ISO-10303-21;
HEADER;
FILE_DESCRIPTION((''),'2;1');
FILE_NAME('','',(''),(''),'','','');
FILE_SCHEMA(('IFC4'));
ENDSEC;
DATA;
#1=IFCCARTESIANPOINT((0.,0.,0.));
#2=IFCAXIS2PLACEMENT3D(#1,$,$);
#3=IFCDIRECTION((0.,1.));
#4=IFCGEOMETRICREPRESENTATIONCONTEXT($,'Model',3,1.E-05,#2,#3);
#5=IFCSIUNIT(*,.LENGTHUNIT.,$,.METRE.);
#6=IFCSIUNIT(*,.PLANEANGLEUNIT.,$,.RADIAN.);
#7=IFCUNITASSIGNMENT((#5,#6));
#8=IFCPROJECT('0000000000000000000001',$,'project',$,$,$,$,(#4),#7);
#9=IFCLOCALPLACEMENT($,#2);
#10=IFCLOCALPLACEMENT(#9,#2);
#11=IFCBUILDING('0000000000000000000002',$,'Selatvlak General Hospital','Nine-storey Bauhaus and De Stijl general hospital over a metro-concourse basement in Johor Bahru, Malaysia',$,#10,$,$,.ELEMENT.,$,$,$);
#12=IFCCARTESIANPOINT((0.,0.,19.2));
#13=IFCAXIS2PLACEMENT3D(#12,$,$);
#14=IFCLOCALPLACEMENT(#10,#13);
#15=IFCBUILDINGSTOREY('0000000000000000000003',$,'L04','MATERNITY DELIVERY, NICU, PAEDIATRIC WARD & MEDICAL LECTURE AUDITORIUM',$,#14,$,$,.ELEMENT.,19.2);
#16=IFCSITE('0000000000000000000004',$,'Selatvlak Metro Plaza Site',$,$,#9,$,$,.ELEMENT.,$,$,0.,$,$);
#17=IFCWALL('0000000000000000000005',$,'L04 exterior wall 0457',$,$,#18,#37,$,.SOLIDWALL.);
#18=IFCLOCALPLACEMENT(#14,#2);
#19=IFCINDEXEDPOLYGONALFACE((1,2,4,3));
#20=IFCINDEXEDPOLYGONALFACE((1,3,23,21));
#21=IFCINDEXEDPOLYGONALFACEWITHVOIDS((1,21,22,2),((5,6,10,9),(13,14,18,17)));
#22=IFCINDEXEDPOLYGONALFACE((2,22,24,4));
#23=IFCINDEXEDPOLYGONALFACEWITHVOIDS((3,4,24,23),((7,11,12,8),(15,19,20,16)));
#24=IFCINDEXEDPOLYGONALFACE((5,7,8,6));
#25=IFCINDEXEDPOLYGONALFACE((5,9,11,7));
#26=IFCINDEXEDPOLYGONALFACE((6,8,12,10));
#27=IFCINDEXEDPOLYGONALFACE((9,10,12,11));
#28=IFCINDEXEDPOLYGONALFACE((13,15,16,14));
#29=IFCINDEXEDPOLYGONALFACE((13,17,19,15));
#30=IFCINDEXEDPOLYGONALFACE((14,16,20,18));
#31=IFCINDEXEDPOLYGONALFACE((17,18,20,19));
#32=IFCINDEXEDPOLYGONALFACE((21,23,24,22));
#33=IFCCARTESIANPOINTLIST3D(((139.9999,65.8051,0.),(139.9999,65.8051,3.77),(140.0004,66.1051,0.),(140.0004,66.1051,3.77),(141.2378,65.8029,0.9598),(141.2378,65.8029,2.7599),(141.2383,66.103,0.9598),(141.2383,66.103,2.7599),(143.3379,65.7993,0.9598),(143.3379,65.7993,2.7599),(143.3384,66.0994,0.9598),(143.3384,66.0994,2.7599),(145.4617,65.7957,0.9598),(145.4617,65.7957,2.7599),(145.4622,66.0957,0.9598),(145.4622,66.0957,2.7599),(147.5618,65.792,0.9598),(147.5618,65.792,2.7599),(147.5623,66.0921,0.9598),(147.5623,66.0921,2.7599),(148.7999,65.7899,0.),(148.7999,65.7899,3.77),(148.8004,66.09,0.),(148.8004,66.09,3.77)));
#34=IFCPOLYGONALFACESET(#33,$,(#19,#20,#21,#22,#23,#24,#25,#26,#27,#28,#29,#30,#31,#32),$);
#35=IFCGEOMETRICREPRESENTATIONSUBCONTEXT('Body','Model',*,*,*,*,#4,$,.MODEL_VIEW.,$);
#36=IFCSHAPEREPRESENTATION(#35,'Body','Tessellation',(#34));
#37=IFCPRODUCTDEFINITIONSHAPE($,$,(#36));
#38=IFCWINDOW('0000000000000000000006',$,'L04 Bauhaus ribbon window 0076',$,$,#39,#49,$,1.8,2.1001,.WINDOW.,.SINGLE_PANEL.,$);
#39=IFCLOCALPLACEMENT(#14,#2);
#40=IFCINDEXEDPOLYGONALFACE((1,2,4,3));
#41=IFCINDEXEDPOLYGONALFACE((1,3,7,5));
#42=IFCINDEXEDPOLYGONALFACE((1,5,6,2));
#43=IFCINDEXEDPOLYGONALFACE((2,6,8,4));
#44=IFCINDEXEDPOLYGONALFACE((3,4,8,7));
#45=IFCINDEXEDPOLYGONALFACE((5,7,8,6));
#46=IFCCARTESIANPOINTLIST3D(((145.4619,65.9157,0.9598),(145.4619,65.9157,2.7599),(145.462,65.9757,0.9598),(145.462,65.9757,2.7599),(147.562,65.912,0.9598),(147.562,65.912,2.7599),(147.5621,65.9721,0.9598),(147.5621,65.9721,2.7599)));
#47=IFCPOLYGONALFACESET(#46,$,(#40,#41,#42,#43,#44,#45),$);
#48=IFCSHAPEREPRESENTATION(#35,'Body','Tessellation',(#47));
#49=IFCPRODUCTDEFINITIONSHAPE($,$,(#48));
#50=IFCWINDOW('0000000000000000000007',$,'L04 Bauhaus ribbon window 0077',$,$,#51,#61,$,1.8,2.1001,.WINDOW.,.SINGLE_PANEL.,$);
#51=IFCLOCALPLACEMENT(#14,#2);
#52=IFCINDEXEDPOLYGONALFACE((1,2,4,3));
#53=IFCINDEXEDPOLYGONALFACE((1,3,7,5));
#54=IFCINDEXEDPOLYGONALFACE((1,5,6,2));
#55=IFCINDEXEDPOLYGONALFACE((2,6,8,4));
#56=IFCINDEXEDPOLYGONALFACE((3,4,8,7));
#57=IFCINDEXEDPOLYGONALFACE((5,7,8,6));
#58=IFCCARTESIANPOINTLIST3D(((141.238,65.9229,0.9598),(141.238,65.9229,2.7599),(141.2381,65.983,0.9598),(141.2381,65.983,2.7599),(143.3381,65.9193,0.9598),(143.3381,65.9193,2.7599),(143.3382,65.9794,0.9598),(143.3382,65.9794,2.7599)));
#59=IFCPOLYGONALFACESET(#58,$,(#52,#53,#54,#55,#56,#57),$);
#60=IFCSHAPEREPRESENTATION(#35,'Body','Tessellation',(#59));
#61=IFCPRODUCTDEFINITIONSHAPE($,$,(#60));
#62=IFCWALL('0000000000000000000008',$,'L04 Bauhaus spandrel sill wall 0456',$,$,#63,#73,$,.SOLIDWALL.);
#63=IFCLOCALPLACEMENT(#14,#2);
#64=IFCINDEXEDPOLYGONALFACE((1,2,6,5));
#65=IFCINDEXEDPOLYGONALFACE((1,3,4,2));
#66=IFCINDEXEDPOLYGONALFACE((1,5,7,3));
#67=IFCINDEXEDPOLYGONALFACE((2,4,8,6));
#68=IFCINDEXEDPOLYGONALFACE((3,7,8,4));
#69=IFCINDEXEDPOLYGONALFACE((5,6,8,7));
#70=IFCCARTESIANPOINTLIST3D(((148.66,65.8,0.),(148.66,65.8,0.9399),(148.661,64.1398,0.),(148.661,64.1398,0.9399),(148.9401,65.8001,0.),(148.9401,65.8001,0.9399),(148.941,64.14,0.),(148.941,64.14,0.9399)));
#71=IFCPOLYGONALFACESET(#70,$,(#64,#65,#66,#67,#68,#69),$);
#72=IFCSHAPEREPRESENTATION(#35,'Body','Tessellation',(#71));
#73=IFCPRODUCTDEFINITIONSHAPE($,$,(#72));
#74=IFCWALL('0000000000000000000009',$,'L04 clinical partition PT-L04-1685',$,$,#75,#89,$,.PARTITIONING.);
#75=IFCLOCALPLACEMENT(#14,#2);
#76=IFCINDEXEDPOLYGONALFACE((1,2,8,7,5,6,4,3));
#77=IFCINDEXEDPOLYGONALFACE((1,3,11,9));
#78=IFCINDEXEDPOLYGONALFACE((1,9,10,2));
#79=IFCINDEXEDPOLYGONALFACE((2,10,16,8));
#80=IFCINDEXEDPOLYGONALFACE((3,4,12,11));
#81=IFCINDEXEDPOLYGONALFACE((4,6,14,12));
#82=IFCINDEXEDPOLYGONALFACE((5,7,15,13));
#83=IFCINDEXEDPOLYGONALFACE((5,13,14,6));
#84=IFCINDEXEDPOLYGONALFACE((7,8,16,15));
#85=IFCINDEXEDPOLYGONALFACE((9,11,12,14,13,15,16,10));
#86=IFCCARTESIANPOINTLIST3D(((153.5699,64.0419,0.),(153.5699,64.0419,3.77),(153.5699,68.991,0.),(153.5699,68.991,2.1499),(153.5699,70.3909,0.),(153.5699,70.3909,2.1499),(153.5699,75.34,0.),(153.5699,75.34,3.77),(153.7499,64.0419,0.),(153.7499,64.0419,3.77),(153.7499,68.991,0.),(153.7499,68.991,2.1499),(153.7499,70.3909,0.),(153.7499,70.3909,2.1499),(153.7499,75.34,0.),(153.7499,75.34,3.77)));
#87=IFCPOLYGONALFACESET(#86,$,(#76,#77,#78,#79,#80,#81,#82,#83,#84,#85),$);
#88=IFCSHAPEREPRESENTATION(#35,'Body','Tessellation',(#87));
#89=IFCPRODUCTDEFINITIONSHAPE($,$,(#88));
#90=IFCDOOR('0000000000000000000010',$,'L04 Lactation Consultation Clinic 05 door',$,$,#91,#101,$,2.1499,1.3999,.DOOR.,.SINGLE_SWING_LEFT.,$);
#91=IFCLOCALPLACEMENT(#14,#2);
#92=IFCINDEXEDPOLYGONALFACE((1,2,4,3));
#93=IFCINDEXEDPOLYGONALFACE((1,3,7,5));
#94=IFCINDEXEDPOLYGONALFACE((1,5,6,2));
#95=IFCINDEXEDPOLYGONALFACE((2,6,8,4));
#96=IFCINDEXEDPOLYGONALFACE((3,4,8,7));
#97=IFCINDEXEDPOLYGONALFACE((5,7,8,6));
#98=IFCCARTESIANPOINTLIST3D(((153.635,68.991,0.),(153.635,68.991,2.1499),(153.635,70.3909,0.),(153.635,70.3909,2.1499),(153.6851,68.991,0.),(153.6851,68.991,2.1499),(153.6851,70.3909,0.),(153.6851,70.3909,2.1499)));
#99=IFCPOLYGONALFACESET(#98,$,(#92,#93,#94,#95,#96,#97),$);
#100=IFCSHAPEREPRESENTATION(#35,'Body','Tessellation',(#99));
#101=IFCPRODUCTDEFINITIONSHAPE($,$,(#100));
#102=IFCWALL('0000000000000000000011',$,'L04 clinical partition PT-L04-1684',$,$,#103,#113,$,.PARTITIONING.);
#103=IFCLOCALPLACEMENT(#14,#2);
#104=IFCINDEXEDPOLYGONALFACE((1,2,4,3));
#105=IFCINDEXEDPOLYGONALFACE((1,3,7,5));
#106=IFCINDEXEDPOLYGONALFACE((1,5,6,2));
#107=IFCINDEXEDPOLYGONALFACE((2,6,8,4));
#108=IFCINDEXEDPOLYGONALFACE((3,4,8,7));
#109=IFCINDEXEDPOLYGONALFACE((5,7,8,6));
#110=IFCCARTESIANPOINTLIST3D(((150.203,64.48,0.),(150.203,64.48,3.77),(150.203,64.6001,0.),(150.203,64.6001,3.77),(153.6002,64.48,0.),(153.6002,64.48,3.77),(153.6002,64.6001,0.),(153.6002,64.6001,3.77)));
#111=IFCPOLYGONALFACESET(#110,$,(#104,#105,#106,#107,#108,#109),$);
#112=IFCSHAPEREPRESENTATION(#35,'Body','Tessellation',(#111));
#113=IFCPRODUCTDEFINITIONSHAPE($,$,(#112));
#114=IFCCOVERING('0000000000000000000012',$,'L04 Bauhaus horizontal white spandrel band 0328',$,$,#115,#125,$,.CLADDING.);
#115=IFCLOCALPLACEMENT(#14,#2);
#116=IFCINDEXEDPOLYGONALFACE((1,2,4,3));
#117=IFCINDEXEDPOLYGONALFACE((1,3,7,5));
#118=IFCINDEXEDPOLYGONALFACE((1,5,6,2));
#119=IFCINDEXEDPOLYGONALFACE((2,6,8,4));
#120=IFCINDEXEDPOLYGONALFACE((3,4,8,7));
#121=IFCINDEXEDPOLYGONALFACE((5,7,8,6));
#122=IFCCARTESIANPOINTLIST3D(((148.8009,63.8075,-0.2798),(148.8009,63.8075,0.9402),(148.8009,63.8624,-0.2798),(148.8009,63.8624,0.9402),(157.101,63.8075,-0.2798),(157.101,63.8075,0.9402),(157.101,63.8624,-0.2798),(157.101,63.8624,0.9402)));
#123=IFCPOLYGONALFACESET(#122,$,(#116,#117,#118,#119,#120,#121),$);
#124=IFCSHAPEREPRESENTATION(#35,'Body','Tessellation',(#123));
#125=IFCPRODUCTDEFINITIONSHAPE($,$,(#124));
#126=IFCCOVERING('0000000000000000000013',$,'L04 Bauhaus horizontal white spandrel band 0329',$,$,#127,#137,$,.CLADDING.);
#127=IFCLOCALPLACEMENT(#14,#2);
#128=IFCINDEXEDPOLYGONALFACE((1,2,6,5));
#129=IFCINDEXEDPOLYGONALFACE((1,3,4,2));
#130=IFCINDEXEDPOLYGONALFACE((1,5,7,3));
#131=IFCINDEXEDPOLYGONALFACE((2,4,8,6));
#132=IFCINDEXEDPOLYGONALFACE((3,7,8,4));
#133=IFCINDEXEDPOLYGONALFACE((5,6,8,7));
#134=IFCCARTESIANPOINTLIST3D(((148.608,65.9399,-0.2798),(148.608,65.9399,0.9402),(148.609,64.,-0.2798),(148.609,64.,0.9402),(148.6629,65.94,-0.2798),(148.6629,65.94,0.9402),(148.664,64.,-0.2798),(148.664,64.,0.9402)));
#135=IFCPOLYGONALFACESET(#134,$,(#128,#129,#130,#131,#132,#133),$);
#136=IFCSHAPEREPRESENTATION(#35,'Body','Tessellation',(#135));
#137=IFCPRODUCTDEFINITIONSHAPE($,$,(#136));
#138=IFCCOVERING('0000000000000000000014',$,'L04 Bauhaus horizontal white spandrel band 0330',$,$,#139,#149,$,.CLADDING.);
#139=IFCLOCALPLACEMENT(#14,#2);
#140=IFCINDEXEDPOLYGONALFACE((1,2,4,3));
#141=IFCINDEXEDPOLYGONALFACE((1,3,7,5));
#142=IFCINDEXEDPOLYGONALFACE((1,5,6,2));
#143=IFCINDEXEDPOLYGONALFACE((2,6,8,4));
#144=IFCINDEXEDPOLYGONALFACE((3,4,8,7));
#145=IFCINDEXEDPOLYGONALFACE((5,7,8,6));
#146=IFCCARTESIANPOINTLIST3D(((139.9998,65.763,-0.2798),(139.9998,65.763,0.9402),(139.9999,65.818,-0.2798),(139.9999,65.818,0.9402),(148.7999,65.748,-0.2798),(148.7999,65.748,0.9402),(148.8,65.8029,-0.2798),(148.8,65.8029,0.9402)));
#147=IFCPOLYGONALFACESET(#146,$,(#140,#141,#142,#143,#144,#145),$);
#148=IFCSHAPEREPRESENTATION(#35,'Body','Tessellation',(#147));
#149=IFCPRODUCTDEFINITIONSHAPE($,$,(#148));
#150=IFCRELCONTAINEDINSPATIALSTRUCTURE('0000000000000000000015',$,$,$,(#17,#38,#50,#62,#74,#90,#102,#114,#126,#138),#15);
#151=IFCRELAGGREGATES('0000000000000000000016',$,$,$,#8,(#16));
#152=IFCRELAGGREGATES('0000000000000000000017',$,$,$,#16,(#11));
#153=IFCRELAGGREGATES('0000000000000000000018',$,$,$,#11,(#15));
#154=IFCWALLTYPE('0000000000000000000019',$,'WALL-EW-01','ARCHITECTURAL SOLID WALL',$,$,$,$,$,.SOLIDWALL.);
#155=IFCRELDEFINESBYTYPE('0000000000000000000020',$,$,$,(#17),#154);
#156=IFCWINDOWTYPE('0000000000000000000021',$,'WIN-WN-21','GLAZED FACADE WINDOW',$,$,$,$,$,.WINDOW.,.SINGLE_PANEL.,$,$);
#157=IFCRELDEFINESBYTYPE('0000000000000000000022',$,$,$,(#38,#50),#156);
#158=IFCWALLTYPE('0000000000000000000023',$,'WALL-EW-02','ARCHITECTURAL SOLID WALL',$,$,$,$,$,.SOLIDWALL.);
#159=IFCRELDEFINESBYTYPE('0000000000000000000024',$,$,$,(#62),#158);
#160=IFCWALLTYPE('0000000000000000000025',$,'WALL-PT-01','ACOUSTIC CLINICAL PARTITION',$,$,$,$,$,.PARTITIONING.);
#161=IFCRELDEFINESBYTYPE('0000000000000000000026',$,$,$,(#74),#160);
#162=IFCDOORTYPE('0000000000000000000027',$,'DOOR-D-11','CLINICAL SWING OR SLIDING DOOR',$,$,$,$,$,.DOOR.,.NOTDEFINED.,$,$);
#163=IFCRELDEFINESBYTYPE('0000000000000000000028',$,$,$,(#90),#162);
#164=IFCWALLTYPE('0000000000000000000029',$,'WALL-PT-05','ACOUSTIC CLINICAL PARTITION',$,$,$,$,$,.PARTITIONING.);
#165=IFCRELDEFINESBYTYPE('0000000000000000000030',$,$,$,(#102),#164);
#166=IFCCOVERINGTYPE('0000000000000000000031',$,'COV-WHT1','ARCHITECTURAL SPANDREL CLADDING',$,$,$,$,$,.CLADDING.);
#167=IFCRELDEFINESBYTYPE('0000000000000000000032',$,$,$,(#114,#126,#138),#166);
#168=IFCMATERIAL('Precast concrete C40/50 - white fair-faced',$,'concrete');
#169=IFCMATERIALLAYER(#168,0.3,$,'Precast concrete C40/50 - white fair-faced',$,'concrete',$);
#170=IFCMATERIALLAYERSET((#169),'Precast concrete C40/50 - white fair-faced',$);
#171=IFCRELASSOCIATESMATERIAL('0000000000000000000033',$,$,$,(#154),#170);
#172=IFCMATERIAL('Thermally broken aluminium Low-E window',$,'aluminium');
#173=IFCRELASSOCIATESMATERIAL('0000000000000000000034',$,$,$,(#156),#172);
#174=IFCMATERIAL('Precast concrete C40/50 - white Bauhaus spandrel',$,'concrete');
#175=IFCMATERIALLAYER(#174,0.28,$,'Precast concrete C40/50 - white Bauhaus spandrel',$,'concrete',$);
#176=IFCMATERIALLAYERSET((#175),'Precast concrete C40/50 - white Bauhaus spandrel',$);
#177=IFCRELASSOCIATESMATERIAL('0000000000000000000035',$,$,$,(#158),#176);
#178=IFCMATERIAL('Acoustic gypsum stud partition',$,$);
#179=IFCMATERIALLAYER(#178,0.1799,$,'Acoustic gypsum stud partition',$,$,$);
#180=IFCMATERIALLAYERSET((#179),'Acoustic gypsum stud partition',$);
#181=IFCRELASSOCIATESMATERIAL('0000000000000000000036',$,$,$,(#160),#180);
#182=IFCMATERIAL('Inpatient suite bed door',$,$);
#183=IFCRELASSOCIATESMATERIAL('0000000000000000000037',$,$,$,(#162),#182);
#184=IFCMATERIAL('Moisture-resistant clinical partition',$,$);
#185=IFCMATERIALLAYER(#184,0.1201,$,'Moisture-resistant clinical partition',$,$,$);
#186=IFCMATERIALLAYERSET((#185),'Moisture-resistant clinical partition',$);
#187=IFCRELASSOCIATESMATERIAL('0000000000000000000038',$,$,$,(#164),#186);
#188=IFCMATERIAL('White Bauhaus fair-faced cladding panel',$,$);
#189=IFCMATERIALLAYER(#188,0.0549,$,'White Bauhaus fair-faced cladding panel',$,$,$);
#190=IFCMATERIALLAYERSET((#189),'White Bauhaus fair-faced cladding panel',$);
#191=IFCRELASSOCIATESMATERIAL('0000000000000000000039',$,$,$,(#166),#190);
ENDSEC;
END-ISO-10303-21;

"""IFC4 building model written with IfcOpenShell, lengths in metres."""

from ifc_helpers import new_model, si_unit, direction, frame, frame_2d, origin, origin_2d, place, context, subcontext, project, spatial, rectangle, extrude, material, layer, layer_set, type_object, element, fill, save


model = new_model("IFC4")

# Units and contexts
model_context = context("Model", 3, precision=1e-05, world=origin(), true_north=direction((0.0, 1.0)))
body_context = subcontext(model_context, "Body", "Model", "MODEL_VIEW")
ifc_project = project(units=[si_unit("LENGTHUNIT", "METRE"), si_unit("PLANEANGLEUNIT", "RADIAN")], contexts=[model_context])

# Site, building, storey
site_placement = place(None, origin())
site = spatial("IfcSite", under=ifc_project, at=site_placement, Name="Selatvlak Metro Plaza Site", CompositionType="ELEMENT", RefElevation=0.0)
building_placement = place(site_placement, origin())
building = spatial("IfcBuilding", under=site, at=building_placement, Name="Selatvlak General Hospital", Description="Nine-storey Bauhaus and De Stijl general hospital over a metro-concourse basement in Johor Bahru, Malaysia", CompositionType="ELEMENT")
storey_placement = place(building_placement, frame((0.0, 0.0, 19.2)))
storey = spatial("IfcBuildingStorey", under=building, at=storey_placement, Name="L04", Description="MATERNITY DELIVERY, NICU, PAEDIATRIC WARD & MEDICAL LECTURE AUDITORIUM", CompositionType="ELEMENT", Elevation=19.2)

# Wall, openings, windows
ifc_material_1 = material(Name="Precast concrete C40/50 - white fair-faced", Category="concrete")
ifc_layer_1 = layer(ifc_material_1, 0.3, Name="Precast concrete C40/50 - white fair-faced", Category="concrete")
ifc_layer_set_1 = layer_set([ifc_layer_1], Name="Precast concrete C40/50 - white fair-faced")
wall_type_1 = type_object("IfcWallType", Name="WALL-EW-01", Description="ARCHITECTURAL SOLID WALL", PredefinedType="SOLIDWALL", material=ifc_layer_set_1)
wall_1_placement = place(storey_placement, frame((148.8, 65.9399, 0.0), z_axis=(0.0, 0.0, 1.0), x_axis=(-0.999999, 0.00172, 0.0)))
wall_1 = element("IfcWall", 1, at=wall_1_placement, inside=storey, type_object=wall_type_1, Name="L04 exterior wall 0457", PredefinedType="SOLIDWALL", context=body_context, shape_type="SweptSolid", body=[
    extrude(rectangle(XDim=8.8, YDim=0.3, at=frame_2d((4.3999, 0.0))), origin(), (0.0, 0.0, 1.0), 3.77),
])
opening_1_placement = place(wall_1_placement, frame((1.238, 0.0, 0.96)))
opening_1 = element("IfcOpeningElement", 2, at=opening_1_placement, cuts=wall_1, PredefinedType="OPENING", context=body_context, shape_type="SweptSolid", body=[
    extrude(rectangle(XDim=2.1001, YDim=1.8, at=frame_2d((1.05, 0.8999))), frame((0.0, 0.1599, 0.0), z_axis=(0.0, -1.0, 0.0), x_axis=(1.0, 0.0, 0.0)), (0.0, 0.0, 1.0), 0.3201),
])
opening_2_placement = place(wall_1_placement, frame((5.4619, 0.0, 0.96)))
opening_2 = element("IfcOpeningElement", 3, at=opening_2_placement, cuts=wall_1, PredefinedType="OPENING", context=body_context, shape_type="SweptSolid", body=[
    extrude(rectangle(XDim=2.1001, YDim=1.8, at=frame_2d((1.05, 0.8999))), frame((0.0, 0.1599, 0.0), z_axis=(0.0, -1.0, 0.0), x_axis=(1.0, 0.0, 0.0)), (0.0, 0.0, 1.0), 0.3201),
])
ifc_material_2 = material(Name="Thermally broken aluminium Low-E window", Category="aluminium")
window_type = type_object("IfcWindowType", Name="WIN-WN-21", Description="GLAZED FACADE WINDOW", PartitioningType="SINGLE_PANEL", PredefinedType="WINDOW", material=ifc_material_2)
window_1_placement = place(opening_1_placement, origin())
window_1 = element("IfcWindow", 4, at=window_1_placement, inside=storey, type_object=window_type, Name="L04 Bauhaus ribbon window 0076", OverallHeight=1.8, OverallWidth=2.1001, PartitioningType="SINGLE_PANEL", PredefinedType="WINDOW", context=body_context, shape_type="SweptSolid", body=[
    extrude(rectangle(XDim=2.1001, YDim=1.8, at=frame_2d((1.05, 0.8999))), frame((0.0, 0.03, 0.0), z_axis=(0.0, -1.0, 0.0), x_axis=(1.0, 0.0, 0.0)), (0.0, 0.0, 1.0), 0.0601),
])
fill(opening_1, window_1)
window_2_placement = place(opening_2_placement, origin())
window_2 = element("IfcWindow", 5, at=window_2_placement, inside=storey, type_object=window_type, Name="L04 Bauhaus ribbon window 0077", OverallHeight=1.8, OverallWidth=2.1001, PartitioningType="SINGLE_PANEL", PredefinedType="WINDOW", context=body_context, shape_type="SweptSolid", body=[
    extrude(rectangle(XDim=2.1001, YDim=1.8, at=frame_2d((1.05, 0.8999))), frame((0.0, 0.03, 0.0), z_axis=(0.0, -1.0, 0.0), x_axis=(1.0, 0.0, 0.0)), (0.0, 0.0, 1.0), 0.0601),
])
fill(opening_2, window_2)

# Wall
ifc_material_3 = material(Name="Precast concrete C40/50 - white Bauhaus spandrel", Category="concrete")
ifc_layer_2 = layer(ifc_material_3, 0.28, Name="Precast concrete C40/50 - white Bauhaus spandrel", Category="concrete")
ifc_layer_set_2 = layer_set([ifc_layer_2], Name="Precast concrete C40/50 - white Bauhaus spandrel")
wall_type_2 = type_object("IfcWallType", Name="WALL-EW-02", Description="ARCHITECTURAL SOLID WALL", PredefinedType="SOLIDWALL", material=ifc_layer_set_2)
wall_2_placement = place(storey_placement, frame((148.801, 64.1399, 0.0), z_axis=(0.0, 0.0, 1.0), x_axis=(-0.000588, 1.0, 0.0)))
element("IfcWall", 6, at=wall_2_placement, inside=storey, type_object=wall_type_2, Name="L04 Bauhaus spandrel sill wall 0456", PredefinedType="SOLIDWALL", context=body_context, shape_type="SweptSolid", body=[
    extrude(rectangle(XDim=1.6602, YDim=0.28, at=frame_2d((0.8301, 0.0))), origin(), (0.0, 0.0, 1.0), 0.9399),
])

# Wall, opening, door
ifc_material_4 = material(Name="Acoustic gypsum stud partition")
ifc_layer_3 = layer(ifc_material_4, 0.1799, Name="Acoustic gypsum stud partition")
ifc_layer_set_3 = layer_set([ifc_layer_3], Name="Acoustic gypsum stud partition")
wall_type_3 = type_object("IfcWallType", Name="WALL-PT-01", Description="ACOUSTIC CLINICAL PARTITION", PredefinedType="PARTITIONING", material=ifc_layer_set_3)
wall_3_placement = place(storey_placement, frame((153.6599, 64.042, 0.0), z_axis=(0.0, 0.0, 1.0), x_axis=(0.0, 1.0, 0.0)))
wall_3 = element("IfcWall", 7, at=wall_3_placement, inside=storey, type_object=wall_type_3, Name="L04 clinical partition PT-L04-1685", PredefinedType="PARTITIONING", context=body_context, shape_type="SweptSolid", body=[
    extrude(rectangle(XDim=11.2981, YDim=0.1799, at=frame_2d((5.6489, 0.0))), origin(), (0.0, 0.0, 1.0), 3.77),
])
opening_3_placement = place(wall_3_placement, frame((4.949, 0.0, 0.0)))
opening_3 = element("IfcOpeningElement", 8, at=opening_3_placement, cuts=wall_3, PredefinedType="OPENING", context=body_context, shape_type="SweptSolid", body=[
    extrude(rectangle(XDim=1.3999, YDim=2.1499, at=frame_2d((0.7, 1.075))), frame((0.0, 0.0999, 0.0), z_axis=(0.0, -1.0, 0.0), x_axis=(1.0, 0.0, 0.0)), (0.0, 0.0, 1.0), 0.2),
])
ifc_material_5 = material(Name="Inpatient suite bed door")
door_type = type_object("IfcDoorType", Name="DOOR-D-11", Description="CLINICAL SWING OR SLIDING DOOR", OperationType="NOTDEFINED", PredefinedType="DOOR", material=ifc_material_5)
door_placement = place(opening_3_placement, origin())
door = element("IfcDoor", 9, at=door_placement, inside=storey, type_object=door_type, Name="L04 Lactation Consultation Clinic 05 door", OperationType="SINGLE_SWING_LEFT", OverallHeight=2.1499, OverallWidth=1.3999, PredefinedType="DOOR", context=body_context, shape_type="SweptSolid", body=[
    extrude(rectangle(XDim=1.3999, YDim=2.1499, at=frame_2d((0.7, 1.075))), frame((0.0, 0.0249, 0.0), z_axis=(0.0, -1.0, 0.0), x_axis=(1.0, 0.0, 0.0)), (0.0, 0.0, 1.0), 0.05),
])
fill(opening_3, door)

# Wall
ifc_material_6 = material(Name="Moisture-resistant clinical partition")
ifc_layer_4 = layer(ifc_material_6, 0.1201, Name="Moisture-resistant clinical partition")
ifc_layer_set_4 = layer_set([ifc_layer_4], Name="Moisture-resistant clinical partition")
wall_type_4 = type_object("IfcWallType", Name="WALL-PT-05", Description="ACOUSTIC CLINICAL PARTITION", PredefinedType="PARTITIONING", material=ifc_layer_set_4)
wall_4_placement = place(storey_placement, frame((150.2029, 64.54, 0.0), z_axis=(0.0, 0.0, 1.0), x_axis=(1.0, 0.0, 0.0)))
element("IfcWall", 10, at=wall_4_placement, inside=storey, type_object=wall_type_4, Name="L04 clinical partition PT-L04-1684", PredefinedType="PARTITIONING", context=body_context, shape_type="SweptSolid", body=[
    extrude(rectangle(XDim=3.3972, YDim=0.1201, at=frame_2d((1.6987, 0.0))), origin(), (0.0, 0.0, 1.0), 3.77),
])

# Coverings
ifc_material_7 = material(Name="White Bauhaus fair-faced cladding panel")
ifc_layer_5 = layer(ifc_material_7, 0.0549, Name="White Bauhaus fair-faced cladding panel")
ifc_layer_set_5 = layer_set([ifc_layer_5], Name="White Bauhaus fair-faced cladding panel")
covering_type = type_object("IfcCoveringType", Name="COV-WHT1", Description="ARCHITECTURAL SPANDREL CLADDING", PredefinedType="CLADDING", material=ifc_layer_set_5)
covering_1_placement = place(storey_placement, frame((152.9509, 63.835, -0.2798), z_axis=(0.0, 0.0, 1.0), x_axis=(-1.0, 0.0, 0.0)))
element("IfcCovering", 11, at=covering_1_placement, inside=storey, type_object=covering_type, Name="L04 Bauhaus horizontal white spandrel band 0328", PredefinedType="CLADDING", context=body_context, shape_type="SweptSolid", body=[
    extrude(rectangle(XDim=8.3, YDim=0.0549, at=origin_2d()), origin(), (0.0, 0.0, 1.0), 1.22),
])
covering_2_placement = place(storey_placement, frame((148.636, 64.97, -0.2798), z_axis=(0.0, 0.0, 1.0), x_axis=(-0.000524, 1.0, 0.0)))
element("IfcCovering", 12, at=covering_2_placement, inside=storey, type_object=covering_type, Name="L04 Bauhaus horizontal white spandrel band 0329", PredefinedType="CLADDING", context=body_context, shape_type="SweptSolid", body=[
    extrude(rectangle(XDim=1.9399, YDim=0.0549, at=origin_2d()), origin(), (0.0, 0.0, 1.0), 1.22),
])
covering_3_placement = place(storey_placement, frame((144.3999, 65.783, -0.2798), z_axis=(0.0, 0.0, 1.0), x_axis=(-0.999999, 0.00171, 0.0)))
element("IfcCovering", 13, at=covering_3_placement, inside=storey, type_object=covering_type, Name="L04 Bauhaus horizontal white spandrel band 0330", PredefinedType="CLADDING", context=body_context, shape_type="SweptSolid", body=[
    extrude(rectangle(XDim=8.8, YDim=0.0549, at=origin_2d()), origin(), (0.0, 0.0, 1.0), 1.22),
])

save(model, "model.ifc")
